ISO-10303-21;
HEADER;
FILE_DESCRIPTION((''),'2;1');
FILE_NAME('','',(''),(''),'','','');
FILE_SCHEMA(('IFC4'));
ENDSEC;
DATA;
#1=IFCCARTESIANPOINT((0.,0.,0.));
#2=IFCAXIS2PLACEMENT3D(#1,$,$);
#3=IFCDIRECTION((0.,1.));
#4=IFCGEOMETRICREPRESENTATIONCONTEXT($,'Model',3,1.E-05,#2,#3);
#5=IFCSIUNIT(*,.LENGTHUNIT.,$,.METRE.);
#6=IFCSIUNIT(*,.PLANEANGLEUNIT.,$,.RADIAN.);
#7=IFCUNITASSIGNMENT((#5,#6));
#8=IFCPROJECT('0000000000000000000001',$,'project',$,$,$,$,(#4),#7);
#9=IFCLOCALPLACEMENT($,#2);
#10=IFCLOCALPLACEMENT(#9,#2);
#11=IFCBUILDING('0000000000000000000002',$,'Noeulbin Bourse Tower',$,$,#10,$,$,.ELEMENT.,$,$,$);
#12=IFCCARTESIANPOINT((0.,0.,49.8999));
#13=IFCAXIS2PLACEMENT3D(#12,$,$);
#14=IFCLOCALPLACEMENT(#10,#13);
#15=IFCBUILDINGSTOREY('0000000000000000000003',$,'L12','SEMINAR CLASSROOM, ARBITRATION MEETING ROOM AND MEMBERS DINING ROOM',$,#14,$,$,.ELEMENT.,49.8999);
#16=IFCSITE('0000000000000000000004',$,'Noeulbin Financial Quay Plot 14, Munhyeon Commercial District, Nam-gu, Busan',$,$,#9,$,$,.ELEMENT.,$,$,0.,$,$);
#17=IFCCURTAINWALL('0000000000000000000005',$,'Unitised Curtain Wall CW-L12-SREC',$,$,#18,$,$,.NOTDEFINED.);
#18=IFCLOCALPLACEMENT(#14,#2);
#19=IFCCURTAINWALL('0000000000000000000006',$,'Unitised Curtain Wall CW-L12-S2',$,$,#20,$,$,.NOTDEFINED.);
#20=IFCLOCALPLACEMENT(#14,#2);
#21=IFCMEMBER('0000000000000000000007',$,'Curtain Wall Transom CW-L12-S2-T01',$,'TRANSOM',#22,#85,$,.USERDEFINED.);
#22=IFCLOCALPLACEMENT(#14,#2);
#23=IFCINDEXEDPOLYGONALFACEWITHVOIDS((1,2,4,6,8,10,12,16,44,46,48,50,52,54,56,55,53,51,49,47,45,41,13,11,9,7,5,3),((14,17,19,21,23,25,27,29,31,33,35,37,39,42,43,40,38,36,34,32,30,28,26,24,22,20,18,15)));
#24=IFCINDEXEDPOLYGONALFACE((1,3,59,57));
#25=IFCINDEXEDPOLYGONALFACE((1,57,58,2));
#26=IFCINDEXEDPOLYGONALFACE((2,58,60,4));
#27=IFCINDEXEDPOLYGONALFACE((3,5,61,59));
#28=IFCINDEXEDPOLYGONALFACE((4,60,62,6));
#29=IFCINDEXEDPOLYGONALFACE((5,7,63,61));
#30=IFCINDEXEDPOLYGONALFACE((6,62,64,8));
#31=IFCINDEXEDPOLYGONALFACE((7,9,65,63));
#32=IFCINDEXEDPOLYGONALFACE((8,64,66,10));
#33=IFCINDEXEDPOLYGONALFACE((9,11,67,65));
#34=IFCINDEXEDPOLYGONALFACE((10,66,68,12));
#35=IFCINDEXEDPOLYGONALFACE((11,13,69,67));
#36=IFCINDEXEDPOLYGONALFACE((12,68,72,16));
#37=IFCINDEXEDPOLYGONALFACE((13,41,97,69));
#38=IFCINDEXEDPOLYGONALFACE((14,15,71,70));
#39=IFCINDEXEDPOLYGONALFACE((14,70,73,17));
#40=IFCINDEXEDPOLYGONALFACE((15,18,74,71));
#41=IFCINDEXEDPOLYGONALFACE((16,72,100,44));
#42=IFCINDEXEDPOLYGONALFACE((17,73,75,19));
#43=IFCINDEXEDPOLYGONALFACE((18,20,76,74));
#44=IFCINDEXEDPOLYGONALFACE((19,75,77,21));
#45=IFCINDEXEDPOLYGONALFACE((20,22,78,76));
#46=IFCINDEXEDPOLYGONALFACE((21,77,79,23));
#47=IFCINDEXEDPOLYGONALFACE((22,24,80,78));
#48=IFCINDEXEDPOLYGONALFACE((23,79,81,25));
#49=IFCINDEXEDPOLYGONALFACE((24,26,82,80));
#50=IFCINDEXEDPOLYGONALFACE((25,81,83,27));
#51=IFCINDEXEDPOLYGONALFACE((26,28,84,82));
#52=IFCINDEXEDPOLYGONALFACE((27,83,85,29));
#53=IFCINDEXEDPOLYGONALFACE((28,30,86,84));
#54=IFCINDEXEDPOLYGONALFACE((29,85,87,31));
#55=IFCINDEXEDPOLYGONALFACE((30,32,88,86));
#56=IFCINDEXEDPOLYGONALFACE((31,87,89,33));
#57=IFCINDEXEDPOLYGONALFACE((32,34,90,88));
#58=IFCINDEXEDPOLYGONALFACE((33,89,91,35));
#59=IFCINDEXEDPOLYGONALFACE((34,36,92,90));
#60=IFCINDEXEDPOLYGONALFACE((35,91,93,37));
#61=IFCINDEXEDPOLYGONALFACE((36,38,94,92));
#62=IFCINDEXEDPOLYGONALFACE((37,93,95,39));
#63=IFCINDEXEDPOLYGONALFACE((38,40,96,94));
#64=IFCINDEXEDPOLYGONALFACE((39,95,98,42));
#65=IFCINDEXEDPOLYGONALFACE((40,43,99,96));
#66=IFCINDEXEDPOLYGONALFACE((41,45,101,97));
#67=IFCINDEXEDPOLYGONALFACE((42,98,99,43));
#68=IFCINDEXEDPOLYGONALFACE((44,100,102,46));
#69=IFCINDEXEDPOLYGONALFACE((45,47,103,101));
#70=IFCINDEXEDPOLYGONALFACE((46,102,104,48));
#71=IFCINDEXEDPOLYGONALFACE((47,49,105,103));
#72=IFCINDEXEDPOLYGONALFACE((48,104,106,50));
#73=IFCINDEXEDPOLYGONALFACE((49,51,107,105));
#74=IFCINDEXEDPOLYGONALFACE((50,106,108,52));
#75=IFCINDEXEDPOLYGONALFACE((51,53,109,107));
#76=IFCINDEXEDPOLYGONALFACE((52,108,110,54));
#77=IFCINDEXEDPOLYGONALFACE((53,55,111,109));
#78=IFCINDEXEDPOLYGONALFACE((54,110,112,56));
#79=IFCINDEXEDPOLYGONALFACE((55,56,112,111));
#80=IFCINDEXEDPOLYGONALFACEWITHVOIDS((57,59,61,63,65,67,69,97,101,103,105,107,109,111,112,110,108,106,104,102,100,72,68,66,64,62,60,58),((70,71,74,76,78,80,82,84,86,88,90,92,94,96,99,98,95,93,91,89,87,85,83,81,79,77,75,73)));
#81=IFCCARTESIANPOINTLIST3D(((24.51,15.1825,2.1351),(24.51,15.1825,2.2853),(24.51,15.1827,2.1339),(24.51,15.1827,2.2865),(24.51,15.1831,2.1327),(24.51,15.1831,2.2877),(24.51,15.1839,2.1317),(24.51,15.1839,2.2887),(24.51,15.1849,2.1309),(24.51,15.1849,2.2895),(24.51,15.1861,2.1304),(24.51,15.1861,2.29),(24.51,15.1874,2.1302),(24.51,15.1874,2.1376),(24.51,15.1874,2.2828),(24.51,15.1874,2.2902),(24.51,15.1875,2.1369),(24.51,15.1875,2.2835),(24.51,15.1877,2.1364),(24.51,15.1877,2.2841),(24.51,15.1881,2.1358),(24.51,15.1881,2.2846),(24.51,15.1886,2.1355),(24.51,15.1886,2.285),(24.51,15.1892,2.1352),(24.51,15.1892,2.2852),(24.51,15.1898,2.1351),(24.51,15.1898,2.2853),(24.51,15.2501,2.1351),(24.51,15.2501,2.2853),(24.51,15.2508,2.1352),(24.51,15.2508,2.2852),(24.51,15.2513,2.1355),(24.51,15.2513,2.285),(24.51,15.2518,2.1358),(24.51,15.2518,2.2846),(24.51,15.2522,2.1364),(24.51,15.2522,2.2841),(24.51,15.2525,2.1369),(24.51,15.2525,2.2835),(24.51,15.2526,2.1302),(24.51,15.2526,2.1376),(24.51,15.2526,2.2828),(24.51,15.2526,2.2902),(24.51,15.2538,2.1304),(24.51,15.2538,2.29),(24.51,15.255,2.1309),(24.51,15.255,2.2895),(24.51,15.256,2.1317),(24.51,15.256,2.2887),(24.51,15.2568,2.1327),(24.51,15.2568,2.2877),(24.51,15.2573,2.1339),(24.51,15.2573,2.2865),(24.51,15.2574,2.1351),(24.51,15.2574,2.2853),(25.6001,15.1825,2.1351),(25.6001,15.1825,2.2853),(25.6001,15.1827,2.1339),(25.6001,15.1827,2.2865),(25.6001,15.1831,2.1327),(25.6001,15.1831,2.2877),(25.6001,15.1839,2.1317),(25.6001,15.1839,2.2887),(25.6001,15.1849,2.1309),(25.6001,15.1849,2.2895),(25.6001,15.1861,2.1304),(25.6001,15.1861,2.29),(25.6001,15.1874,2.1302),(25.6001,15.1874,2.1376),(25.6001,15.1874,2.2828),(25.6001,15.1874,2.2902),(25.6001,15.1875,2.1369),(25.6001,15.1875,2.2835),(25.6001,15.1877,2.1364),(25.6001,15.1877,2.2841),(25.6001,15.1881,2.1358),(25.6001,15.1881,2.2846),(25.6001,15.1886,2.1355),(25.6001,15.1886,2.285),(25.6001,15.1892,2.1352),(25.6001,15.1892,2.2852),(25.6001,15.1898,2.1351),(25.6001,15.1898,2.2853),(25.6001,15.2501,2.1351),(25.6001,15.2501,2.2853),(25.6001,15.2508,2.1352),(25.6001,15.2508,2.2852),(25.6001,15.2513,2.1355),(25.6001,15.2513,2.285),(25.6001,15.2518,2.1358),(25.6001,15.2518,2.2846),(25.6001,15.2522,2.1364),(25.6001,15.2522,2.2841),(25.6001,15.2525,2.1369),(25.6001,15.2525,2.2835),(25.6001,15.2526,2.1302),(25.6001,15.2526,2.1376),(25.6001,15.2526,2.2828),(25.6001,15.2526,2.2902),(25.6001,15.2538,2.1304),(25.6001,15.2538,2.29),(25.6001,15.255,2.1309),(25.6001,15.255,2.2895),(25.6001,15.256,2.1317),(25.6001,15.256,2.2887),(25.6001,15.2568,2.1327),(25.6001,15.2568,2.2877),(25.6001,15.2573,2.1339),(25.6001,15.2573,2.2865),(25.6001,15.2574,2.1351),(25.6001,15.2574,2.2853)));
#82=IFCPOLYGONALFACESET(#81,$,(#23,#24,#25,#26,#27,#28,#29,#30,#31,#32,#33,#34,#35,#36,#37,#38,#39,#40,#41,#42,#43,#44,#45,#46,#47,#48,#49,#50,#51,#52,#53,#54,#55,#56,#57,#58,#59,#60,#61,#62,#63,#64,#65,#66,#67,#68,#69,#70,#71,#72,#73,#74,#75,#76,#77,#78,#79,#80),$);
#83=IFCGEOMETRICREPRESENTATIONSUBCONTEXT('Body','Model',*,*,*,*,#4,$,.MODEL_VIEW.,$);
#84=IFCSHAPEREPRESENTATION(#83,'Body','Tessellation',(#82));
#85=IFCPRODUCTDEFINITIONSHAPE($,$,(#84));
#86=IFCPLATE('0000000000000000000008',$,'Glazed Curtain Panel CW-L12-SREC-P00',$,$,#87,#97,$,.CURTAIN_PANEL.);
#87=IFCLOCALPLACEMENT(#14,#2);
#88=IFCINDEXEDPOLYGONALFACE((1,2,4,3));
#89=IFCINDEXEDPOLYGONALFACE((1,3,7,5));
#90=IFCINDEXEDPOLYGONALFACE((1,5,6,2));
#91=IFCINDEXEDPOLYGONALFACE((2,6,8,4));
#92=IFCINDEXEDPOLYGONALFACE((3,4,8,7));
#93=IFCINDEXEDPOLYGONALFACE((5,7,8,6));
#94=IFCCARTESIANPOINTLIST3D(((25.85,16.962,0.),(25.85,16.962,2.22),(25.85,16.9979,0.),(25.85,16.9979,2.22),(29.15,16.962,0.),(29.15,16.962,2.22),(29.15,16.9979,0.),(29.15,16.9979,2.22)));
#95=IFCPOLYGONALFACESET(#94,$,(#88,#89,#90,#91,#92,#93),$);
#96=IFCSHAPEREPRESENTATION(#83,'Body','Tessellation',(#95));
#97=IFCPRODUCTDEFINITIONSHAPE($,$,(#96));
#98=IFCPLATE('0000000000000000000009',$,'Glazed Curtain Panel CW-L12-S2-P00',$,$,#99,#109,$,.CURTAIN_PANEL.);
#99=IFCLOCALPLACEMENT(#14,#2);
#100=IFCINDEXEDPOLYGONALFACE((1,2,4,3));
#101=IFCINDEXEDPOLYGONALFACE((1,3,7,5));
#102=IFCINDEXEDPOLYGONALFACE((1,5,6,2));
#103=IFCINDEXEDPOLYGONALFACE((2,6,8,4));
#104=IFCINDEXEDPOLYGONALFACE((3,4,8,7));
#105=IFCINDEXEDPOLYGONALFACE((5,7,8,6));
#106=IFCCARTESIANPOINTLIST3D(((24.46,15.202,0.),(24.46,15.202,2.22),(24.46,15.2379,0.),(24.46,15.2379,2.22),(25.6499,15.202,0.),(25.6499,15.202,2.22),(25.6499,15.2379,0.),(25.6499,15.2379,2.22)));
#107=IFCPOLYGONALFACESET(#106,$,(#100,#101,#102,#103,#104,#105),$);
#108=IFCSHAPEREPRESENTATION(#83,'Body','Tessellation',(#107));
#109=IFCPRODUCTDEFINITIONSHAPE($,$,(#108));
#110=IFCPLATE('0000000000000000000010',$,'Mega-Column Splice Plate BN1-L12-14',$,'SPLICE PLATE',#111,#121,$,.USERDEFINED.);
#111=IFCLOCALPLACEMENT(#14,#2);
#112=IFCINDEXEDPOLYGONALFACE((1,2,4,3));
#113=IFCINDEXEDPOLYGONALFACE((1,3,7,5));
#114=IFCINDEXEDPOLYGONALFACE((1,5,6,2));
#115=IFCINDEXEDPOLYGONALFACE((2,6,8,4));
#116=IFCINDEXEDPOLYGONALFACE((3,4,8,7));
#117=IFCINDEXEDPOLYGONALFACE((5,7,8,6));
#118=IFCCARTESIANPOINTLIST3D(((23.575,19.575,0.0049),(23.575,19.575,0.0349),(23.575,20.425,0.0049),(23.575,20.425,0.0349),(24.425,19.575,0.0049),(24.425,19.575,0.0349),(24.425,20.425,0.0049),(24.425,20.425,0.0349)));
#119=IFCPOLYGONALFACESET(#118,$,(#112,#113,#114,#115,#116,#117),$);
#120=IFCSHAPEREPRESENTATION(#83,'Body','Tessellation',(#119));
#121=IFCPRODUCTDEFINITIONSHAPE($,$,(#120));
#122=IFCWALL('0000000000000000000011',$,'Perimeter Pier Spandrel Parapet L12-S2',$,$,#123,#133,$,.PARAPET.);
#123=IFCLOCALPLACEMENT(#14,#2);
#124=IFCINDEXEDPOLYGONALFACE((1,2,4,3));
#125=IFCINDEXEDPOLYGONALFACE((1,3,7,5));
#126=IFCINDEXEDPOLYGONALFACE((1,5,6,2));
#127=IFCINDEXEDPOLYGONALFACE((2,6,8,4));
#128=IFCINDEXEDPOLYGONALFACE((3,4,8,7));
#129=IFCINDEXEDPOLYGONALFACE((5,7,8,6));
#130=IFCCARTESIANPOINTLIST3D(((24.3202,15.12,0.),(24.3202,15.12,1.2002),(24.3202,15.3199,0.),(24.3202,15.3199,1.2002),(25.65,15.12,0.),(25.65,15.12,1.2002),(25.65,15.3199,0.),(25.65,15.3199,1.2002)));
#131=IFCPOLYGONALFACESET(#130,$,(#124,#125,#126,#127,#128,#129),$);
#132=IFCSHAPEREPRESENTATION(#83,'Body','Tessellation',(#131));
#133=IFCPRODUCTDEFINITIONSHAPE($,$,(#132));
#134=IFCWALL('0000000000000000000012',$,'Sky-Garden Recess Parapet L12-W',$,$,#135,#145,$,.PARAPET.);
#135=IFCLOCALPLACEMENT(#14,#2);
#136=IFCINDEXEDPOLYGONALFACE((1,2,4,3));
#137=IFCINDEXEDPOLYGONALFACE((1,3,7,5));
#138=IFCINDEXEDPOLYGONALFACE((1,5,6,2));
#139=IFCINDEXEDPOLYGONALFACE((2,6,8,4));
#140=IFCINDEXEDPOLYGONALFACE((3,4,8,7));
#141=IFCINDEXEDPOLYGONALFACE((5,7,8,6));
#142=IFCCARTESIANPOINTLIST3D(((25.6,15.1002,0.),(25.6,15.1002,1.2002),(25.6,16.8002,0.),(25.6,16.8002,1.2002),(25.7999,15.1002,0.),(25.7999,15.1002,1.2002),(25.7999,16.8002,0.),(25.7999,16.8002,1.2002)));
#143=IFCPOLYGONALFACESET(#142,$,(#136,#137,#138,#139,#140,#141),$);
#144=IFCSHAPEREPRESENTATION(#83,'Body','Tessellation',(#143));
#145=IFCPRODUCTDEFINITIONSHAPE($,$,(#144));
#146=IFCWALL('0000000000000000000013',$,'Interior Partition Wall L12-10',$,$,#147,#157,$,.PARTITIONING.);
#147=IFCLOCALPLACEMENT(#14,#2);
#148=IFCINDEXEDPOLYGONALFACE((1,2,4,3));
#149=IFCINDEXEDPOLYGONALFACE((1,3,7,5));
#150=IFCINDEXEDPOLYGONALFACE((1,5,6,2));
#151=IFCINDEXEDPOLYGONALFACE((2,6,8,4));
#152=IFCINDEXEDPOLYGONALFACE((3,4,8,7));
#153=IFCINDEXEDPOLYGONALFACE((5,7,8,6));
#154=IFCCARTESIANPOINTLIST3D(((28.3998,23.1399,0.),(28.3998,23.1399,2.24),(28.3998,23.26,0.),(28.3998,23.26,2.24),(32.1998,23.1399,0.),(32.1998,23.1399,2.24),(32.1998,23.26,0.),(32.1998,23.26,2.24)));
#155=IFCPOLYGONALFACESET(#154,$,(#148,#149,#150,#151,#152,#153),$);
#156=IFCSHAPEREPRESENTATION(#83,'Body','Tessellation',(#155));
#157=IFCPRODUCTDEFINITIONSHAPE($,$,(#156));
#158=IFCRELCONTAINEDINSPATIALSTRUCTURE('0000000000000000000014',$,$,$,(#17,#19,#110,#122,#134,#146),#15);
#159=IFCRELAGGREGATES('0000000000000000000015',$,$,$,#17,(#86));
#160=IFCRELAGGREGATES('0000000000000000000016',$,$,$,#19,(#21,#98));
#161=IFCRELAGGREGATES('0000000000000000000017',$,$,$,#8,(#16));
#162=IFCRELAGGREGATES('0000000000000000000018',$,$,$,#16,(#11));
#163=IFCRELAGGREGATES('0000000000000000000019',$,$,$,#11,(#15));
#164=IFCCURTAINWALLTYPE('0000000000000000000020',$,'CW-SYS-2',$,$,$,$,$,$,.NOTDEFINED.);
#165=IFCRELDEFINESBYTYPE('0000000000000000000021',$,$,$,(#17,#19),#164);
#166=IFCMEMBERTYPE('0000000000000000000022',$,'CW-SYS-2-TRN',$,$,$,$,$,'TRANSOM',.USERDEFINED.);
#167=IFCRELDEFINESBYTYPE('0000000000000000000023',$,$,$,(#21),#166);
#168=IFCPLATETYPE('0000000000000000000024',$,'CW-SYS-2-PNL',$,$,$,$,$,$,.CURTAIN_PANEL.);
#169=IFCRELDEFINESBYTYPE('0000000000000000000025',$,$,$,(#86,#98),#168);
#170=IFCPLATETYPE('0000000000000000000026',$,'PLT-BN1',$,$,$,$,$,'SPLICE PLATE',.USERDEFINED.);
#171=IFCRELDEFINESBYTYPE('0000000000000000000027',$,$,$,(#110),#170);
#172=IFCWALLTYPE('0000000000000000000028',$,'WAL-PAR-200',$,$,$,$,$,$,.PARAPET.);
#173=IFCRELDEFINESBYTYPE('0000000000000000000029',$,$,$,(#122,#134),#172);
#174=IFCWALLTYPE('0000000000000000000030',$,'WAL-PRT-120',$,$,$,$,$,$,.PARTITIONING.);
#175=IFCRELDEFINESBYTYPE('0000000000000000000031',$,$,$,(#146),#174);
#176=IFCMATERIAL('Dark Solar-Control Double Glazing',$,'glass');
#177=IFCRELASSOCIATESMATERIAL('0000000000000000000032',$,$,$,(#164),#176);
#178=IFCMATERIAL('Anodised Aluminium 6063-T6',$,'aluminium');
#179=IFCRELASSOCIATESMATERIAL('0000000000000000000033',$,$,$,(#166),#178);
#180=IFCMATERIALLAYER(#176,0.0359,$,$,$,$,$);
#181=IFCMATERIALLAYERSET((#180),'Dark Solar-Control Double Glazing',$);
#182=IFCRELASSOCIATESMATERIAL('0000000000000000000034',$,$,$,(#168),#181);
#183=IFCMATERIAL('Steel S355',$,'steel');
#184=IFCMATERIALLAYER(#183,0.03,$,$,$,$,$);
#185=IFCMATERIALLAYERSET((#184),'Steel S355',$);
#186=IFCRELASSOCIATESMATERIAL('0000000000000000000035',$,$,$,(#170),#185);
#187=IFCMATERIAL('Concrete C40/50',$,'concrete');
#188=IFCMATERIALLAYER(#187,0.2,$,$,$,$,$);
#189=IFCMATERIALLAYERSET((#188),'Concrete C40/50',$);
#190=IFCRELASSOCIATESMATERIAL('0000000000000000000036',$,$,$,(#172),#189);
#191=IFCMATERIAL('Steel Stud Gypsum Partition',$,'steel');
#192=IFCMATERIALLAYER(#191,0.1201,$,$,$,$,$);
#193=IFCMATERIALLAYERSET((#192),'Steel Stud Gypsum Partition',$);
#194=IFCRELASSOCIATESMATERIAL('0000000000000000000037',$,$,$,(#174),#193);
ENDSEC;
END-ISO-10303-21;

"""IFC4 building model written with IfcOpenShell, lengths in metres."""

from ifc_helpers import new_model, si_unit, direction, frame, frame_2d, origin, origin_2d, place, context, subcontext, project, spatial, rectangle, hollow_rectangle, extrude, material, layer, layer_set, material_profile, profile_set, type_object, element, aggregate, save


model = new_model("IFC4")

# Units and contexts
model_context = context("Model", 3, precision=1e-05, world=origin(), true_north=direction((0.0, 1.0)))
body_context = subcontext(model_context, "Body", "Model", "MODEL_VIEW")
ifc_project = project(units=[si_unit("LENGTHUNIT", "METRE"), si_unit("PLANEANGLEUNIT", "RADIAN")], contexts=[model_context])

# Site, building, storey
site_placement = place(None, origin())
site = spatial("IfcSite", under=ifc_project, at=site_placement, Name="Noeulbin Financial Quay Plot 14, Munhyeon Commercial District, Nam-gu, Busan", CompositionType="ELEMENT", RefElevation=0.0)
building_placement = place(site_placement, origin())
building = spatial("IfcBuilding", under=site, at=building_placement, Name="Noeulbin Bourse Tower", CompositionType="ELEMENT")
storey_placement = place(building_placement, frame((0.0, 0.0, 49.8999)))
storey = spatial("IfcBuildingStorey", under=building, at=storey_placement, Name="L12", Description="SEMINAR CLASSROOM, ARBITRATION MEETING ROOM AND MEMBERS DINING ROOM", CompositionType="ELEMENT", Elevation=49.8999)

# Shared definitions
ifc_material_1 = material(Name="Steel S355", Category="steel")

# Curtain wall
ifc_material_2 = material(Name="Dark Solar-Control Double Glazing", Category="glass")
curtain_wall_type = type_object("IfcCurtainWallType", Name="CW-SYS-2", PredefinedType="NOTDEFINED", material=ifc_material_2)
curtain_wall_1_placement = place(storey_placement, origin())
curtain_wall_1 = element("IfcCurtainWall", 1, at=curtain_wall_1_placement, inside=storey, type_object=curtain_wall_type, Name="Unitised Curtain Wall CW-L12-SREC", PredefinedType="NOTDEFINED")
ifc_material_3 = material(Name="Anodised Aluminium 6063-T6", Category="aluminium")

# Curtain wall
curtain_wall_2_placement = place(storey_placement, origin())
curtain_wall_2 = element("IfcCurtainWall", 2, at=curtain_wall_2_placement, inside=storey, type_object=curtain_wall_type, Name="Unitised Curtain Wall CW-L12-S2", PredefinedType="NOTDEFINED")

# Member
ifc_material_profile_1 = material_profile(ifc_material_3, hollow_rectangle(XDim=0.075, YDim=0.1599, WallThickness=0.0049, InnerFilletRadius=0.0024, OuterFilletRadius=0.0049, at=origin_2d()), Name="ALU-TRAN-75x160x5", Category="LoadBearing")
ifc_profile_set_1 = profile_set([ifc_material_profile_1], Name="Anodised Aluminium 6063-T6")
member_type_1 = type_object("IfcMemberType", Name="CW-SYS-2-TRN", ElementType="TRANSOM", PredefinedType="USERDEFINED", material=ifc_profile_set_1)
member_1_placement = place(storey_placement, frame((24.51, 15.22, 2.2102), z_axis=(1.0, 0.0, 0.0), x_axis=(0.0, 1.0, 0.0)))
member_1 = element("IfcMember", 3, at=member_1_placement, type_object=member_type_1, Name="Curtain Wall Transom CW-L12-S2-T01", ObjectType="TRANSOM", PredefinedType="USERDEFINED", context=body_context, shape_type="SweptSolid", body=[
    extrude(hollow_rectangle(XDim=0.075, YDim=0.1599, WallThickness=0.0049, InnerFilletRadius=0.0024, OuterFilletRadius=0.0049, at=origin_2d()), origin(), (0.0, 0.0, 1.0), 1.0901),
])

# Plates
ifc_layer_1 = layer(ifc_material_2, 0.0359)
ifc_layer_set_1 = layer_set([ifc_layer_1], Name="Dark Solar-Control Double Glazing")
plate_type_1 = type_object("IfcPlateType", Name="CW-SYS-2-PNL", PredefinedType="CURTAIN_PANEL", material=ifc_layer_set_1)
plate_1_placement = place(storey_placement, frame((27.5, 16.98, 0.0), z_axis=(0.0, 0.0, 1.0), x_axis=(1.0, 0.0, 0.0)))
plate_1 = element("IfcPlate", 4, at=plate_1_placement, type_object=plate_type_1, Name="Glazed Curtain Panel CW-L12-SREC-P00", PredefinedType="CURTAIN_PANEL", context=body_context, shape_type="SweptSolid", body=[
    extrude(rectangle(XDim=3.3, YDim=0.0359, at=origin_2d()), origin(), (0.0, 0.0, 1.0), 2.22),
])
aggregate(curtain_wall_1, [plate_1])
plate_2_placement = place(storey_placement, frame((25.0549, 15.22, 0.0), z_axis=(0.0, 0.0, 1.0), x_axis=(1.0, 0.0, 0.0)))
plate_2 = element("IfcPlate", 5, at=plate_2_placement, type_object=plate_type_1, Name="Glazed Curtain Panel CW-L12-S2-P00", PredefinedType="CURTAIN_PANEL", context=body_context, shape_type="SweptSolid", body=[
    extrude(rectangle(XDim=1.1899, YDim=0.0359, at=origin_2d()), origin(), (0.0, 0.0, 1.0), 2.22),
])
aggregate(curtain_wall_2, [member_1, plate_2])
ifc_layer_2 = layer(ifc_material_1, 0.03)
ifc_layer_set_2 = layer_set([ifc_layer_2], Name="Steel S355")
plate_type_2 = type_object("IfcPlateType", Name="PLT-BN1", ElementType="SPLICE PLATE", PredefinedType="USERDEFINED", material=ifc_layer_set_2)
plate_3_placement = place(storey_placement, frame((24.0, 20.0, 0.0049), z_axis=(0.0, 0.0, 1.0), x_axis=(1.0, 0.0, 0.0)))
element("IfcPlate", 6, at=plate_3_placement, inside=storey, type_object=plate_type_2, Name="Mega-Column Splice Plate BN1-L12-14", ObjectType="SPLICE PLATE", PredefinedType="USERDEFINED", context=body_context, shape_type="SweptSolid", body=[
    extrude(rectangle(XDim=0.8501, YDim=0.8501, at=origin_2d()), origin(), (0.0, 0.0, 1.0), 0.03),
])

# Walls
ifc_material_4 = material(Name="Concrete C40/50", Category="concrete")
ifc_layer_3 = layer(ifc_material_4, 0.2)
ifc_layer_set_3 = layer_set([ifc_layer_3], Name="Concrete C40/50")
wall_type_1 = type_object("IfcWallType", Name="WAL-PAR-200", PredefinedType="PARAPET", material=ifc_layer_set_3)
wall_1_placement = place(storey_placement, frame((24.3201, 15.22, 0.0), z_axis=(0.0, 0.0, 1.0), x_axis=(1.0, 0.0, 0.0)))
element("IfcWall", 7, at=wall_1_placement, inside=storey, type_object=wall_type_1, Name="Perimeter Pier Spandrel Parapet L12-S2", PredefinedType="PARAPET", context=body_context, shape_type="SweptSolid", body=[
    extrude(rectangle(XDim=1.3298, YDim=0.2, at=frame_2d((0.665, 0.0))), origin(), (0.0, 0.0, 1.0), 1.2002),
])
wall_2_placement = place(storey_placement, frame((25.7, 15.1001, 0.0), z_axis=(0.0, 0.0, 1.0), x_axis=(0.0, 1.0, 0.0)))
element("IfcWall", 8, at=wall_2_placement, inside=storey, type_object=wall_type_1, Name="Sky-Garden Recess Parapet L12-W", PredefinedType="PARAPET", context=body_context, shape_type="SweptSolid", body=[
    extrude(rectangle(XDim=1.7, YDim=0.2, at=frame_2d((0.8501, 0.0))), origin(), (0.0, 0.0, 1.0), 1.2002),
])
ifc_material_5 = material(Name="Steel Stud Gypsum Partition", Category="steel")
ifc_layer_4 = layer(ifc_material_5, 0.1201)
ifc_layer_set_4 = layer_set([ifc_layer_4], Name="Steel Stud Gypsum Partition")
wall_type_2 = type_object("IfcWallType", Name="WAL-PRT-120", PredefinedType="PARTITIONING", material=ifc_layer_set_4)
wall_3_placement = place(storey_placement, frame((28.3999, 23.2, 0.0), z_axis=(0.0, 0.0, 1.0), x_axis=(1.0, 0.0, 0.0)))
element("IfcWall", 9, at=wall_3_placement, inside=storey, type_object=wall_type_2, Name="Interior Partition Wall L12-10", PredefinedType="PARTITIONING", context=body_context, shape_type="SweptSolid", body=[
    extrude(rectangle(XDim=3.8, YDim=0.1201, at=frame_2d((1.8999, 0.0))), origin(), (0.0, 0.0, 1.0), 2.24),
])

save(model, "model.ifc")
